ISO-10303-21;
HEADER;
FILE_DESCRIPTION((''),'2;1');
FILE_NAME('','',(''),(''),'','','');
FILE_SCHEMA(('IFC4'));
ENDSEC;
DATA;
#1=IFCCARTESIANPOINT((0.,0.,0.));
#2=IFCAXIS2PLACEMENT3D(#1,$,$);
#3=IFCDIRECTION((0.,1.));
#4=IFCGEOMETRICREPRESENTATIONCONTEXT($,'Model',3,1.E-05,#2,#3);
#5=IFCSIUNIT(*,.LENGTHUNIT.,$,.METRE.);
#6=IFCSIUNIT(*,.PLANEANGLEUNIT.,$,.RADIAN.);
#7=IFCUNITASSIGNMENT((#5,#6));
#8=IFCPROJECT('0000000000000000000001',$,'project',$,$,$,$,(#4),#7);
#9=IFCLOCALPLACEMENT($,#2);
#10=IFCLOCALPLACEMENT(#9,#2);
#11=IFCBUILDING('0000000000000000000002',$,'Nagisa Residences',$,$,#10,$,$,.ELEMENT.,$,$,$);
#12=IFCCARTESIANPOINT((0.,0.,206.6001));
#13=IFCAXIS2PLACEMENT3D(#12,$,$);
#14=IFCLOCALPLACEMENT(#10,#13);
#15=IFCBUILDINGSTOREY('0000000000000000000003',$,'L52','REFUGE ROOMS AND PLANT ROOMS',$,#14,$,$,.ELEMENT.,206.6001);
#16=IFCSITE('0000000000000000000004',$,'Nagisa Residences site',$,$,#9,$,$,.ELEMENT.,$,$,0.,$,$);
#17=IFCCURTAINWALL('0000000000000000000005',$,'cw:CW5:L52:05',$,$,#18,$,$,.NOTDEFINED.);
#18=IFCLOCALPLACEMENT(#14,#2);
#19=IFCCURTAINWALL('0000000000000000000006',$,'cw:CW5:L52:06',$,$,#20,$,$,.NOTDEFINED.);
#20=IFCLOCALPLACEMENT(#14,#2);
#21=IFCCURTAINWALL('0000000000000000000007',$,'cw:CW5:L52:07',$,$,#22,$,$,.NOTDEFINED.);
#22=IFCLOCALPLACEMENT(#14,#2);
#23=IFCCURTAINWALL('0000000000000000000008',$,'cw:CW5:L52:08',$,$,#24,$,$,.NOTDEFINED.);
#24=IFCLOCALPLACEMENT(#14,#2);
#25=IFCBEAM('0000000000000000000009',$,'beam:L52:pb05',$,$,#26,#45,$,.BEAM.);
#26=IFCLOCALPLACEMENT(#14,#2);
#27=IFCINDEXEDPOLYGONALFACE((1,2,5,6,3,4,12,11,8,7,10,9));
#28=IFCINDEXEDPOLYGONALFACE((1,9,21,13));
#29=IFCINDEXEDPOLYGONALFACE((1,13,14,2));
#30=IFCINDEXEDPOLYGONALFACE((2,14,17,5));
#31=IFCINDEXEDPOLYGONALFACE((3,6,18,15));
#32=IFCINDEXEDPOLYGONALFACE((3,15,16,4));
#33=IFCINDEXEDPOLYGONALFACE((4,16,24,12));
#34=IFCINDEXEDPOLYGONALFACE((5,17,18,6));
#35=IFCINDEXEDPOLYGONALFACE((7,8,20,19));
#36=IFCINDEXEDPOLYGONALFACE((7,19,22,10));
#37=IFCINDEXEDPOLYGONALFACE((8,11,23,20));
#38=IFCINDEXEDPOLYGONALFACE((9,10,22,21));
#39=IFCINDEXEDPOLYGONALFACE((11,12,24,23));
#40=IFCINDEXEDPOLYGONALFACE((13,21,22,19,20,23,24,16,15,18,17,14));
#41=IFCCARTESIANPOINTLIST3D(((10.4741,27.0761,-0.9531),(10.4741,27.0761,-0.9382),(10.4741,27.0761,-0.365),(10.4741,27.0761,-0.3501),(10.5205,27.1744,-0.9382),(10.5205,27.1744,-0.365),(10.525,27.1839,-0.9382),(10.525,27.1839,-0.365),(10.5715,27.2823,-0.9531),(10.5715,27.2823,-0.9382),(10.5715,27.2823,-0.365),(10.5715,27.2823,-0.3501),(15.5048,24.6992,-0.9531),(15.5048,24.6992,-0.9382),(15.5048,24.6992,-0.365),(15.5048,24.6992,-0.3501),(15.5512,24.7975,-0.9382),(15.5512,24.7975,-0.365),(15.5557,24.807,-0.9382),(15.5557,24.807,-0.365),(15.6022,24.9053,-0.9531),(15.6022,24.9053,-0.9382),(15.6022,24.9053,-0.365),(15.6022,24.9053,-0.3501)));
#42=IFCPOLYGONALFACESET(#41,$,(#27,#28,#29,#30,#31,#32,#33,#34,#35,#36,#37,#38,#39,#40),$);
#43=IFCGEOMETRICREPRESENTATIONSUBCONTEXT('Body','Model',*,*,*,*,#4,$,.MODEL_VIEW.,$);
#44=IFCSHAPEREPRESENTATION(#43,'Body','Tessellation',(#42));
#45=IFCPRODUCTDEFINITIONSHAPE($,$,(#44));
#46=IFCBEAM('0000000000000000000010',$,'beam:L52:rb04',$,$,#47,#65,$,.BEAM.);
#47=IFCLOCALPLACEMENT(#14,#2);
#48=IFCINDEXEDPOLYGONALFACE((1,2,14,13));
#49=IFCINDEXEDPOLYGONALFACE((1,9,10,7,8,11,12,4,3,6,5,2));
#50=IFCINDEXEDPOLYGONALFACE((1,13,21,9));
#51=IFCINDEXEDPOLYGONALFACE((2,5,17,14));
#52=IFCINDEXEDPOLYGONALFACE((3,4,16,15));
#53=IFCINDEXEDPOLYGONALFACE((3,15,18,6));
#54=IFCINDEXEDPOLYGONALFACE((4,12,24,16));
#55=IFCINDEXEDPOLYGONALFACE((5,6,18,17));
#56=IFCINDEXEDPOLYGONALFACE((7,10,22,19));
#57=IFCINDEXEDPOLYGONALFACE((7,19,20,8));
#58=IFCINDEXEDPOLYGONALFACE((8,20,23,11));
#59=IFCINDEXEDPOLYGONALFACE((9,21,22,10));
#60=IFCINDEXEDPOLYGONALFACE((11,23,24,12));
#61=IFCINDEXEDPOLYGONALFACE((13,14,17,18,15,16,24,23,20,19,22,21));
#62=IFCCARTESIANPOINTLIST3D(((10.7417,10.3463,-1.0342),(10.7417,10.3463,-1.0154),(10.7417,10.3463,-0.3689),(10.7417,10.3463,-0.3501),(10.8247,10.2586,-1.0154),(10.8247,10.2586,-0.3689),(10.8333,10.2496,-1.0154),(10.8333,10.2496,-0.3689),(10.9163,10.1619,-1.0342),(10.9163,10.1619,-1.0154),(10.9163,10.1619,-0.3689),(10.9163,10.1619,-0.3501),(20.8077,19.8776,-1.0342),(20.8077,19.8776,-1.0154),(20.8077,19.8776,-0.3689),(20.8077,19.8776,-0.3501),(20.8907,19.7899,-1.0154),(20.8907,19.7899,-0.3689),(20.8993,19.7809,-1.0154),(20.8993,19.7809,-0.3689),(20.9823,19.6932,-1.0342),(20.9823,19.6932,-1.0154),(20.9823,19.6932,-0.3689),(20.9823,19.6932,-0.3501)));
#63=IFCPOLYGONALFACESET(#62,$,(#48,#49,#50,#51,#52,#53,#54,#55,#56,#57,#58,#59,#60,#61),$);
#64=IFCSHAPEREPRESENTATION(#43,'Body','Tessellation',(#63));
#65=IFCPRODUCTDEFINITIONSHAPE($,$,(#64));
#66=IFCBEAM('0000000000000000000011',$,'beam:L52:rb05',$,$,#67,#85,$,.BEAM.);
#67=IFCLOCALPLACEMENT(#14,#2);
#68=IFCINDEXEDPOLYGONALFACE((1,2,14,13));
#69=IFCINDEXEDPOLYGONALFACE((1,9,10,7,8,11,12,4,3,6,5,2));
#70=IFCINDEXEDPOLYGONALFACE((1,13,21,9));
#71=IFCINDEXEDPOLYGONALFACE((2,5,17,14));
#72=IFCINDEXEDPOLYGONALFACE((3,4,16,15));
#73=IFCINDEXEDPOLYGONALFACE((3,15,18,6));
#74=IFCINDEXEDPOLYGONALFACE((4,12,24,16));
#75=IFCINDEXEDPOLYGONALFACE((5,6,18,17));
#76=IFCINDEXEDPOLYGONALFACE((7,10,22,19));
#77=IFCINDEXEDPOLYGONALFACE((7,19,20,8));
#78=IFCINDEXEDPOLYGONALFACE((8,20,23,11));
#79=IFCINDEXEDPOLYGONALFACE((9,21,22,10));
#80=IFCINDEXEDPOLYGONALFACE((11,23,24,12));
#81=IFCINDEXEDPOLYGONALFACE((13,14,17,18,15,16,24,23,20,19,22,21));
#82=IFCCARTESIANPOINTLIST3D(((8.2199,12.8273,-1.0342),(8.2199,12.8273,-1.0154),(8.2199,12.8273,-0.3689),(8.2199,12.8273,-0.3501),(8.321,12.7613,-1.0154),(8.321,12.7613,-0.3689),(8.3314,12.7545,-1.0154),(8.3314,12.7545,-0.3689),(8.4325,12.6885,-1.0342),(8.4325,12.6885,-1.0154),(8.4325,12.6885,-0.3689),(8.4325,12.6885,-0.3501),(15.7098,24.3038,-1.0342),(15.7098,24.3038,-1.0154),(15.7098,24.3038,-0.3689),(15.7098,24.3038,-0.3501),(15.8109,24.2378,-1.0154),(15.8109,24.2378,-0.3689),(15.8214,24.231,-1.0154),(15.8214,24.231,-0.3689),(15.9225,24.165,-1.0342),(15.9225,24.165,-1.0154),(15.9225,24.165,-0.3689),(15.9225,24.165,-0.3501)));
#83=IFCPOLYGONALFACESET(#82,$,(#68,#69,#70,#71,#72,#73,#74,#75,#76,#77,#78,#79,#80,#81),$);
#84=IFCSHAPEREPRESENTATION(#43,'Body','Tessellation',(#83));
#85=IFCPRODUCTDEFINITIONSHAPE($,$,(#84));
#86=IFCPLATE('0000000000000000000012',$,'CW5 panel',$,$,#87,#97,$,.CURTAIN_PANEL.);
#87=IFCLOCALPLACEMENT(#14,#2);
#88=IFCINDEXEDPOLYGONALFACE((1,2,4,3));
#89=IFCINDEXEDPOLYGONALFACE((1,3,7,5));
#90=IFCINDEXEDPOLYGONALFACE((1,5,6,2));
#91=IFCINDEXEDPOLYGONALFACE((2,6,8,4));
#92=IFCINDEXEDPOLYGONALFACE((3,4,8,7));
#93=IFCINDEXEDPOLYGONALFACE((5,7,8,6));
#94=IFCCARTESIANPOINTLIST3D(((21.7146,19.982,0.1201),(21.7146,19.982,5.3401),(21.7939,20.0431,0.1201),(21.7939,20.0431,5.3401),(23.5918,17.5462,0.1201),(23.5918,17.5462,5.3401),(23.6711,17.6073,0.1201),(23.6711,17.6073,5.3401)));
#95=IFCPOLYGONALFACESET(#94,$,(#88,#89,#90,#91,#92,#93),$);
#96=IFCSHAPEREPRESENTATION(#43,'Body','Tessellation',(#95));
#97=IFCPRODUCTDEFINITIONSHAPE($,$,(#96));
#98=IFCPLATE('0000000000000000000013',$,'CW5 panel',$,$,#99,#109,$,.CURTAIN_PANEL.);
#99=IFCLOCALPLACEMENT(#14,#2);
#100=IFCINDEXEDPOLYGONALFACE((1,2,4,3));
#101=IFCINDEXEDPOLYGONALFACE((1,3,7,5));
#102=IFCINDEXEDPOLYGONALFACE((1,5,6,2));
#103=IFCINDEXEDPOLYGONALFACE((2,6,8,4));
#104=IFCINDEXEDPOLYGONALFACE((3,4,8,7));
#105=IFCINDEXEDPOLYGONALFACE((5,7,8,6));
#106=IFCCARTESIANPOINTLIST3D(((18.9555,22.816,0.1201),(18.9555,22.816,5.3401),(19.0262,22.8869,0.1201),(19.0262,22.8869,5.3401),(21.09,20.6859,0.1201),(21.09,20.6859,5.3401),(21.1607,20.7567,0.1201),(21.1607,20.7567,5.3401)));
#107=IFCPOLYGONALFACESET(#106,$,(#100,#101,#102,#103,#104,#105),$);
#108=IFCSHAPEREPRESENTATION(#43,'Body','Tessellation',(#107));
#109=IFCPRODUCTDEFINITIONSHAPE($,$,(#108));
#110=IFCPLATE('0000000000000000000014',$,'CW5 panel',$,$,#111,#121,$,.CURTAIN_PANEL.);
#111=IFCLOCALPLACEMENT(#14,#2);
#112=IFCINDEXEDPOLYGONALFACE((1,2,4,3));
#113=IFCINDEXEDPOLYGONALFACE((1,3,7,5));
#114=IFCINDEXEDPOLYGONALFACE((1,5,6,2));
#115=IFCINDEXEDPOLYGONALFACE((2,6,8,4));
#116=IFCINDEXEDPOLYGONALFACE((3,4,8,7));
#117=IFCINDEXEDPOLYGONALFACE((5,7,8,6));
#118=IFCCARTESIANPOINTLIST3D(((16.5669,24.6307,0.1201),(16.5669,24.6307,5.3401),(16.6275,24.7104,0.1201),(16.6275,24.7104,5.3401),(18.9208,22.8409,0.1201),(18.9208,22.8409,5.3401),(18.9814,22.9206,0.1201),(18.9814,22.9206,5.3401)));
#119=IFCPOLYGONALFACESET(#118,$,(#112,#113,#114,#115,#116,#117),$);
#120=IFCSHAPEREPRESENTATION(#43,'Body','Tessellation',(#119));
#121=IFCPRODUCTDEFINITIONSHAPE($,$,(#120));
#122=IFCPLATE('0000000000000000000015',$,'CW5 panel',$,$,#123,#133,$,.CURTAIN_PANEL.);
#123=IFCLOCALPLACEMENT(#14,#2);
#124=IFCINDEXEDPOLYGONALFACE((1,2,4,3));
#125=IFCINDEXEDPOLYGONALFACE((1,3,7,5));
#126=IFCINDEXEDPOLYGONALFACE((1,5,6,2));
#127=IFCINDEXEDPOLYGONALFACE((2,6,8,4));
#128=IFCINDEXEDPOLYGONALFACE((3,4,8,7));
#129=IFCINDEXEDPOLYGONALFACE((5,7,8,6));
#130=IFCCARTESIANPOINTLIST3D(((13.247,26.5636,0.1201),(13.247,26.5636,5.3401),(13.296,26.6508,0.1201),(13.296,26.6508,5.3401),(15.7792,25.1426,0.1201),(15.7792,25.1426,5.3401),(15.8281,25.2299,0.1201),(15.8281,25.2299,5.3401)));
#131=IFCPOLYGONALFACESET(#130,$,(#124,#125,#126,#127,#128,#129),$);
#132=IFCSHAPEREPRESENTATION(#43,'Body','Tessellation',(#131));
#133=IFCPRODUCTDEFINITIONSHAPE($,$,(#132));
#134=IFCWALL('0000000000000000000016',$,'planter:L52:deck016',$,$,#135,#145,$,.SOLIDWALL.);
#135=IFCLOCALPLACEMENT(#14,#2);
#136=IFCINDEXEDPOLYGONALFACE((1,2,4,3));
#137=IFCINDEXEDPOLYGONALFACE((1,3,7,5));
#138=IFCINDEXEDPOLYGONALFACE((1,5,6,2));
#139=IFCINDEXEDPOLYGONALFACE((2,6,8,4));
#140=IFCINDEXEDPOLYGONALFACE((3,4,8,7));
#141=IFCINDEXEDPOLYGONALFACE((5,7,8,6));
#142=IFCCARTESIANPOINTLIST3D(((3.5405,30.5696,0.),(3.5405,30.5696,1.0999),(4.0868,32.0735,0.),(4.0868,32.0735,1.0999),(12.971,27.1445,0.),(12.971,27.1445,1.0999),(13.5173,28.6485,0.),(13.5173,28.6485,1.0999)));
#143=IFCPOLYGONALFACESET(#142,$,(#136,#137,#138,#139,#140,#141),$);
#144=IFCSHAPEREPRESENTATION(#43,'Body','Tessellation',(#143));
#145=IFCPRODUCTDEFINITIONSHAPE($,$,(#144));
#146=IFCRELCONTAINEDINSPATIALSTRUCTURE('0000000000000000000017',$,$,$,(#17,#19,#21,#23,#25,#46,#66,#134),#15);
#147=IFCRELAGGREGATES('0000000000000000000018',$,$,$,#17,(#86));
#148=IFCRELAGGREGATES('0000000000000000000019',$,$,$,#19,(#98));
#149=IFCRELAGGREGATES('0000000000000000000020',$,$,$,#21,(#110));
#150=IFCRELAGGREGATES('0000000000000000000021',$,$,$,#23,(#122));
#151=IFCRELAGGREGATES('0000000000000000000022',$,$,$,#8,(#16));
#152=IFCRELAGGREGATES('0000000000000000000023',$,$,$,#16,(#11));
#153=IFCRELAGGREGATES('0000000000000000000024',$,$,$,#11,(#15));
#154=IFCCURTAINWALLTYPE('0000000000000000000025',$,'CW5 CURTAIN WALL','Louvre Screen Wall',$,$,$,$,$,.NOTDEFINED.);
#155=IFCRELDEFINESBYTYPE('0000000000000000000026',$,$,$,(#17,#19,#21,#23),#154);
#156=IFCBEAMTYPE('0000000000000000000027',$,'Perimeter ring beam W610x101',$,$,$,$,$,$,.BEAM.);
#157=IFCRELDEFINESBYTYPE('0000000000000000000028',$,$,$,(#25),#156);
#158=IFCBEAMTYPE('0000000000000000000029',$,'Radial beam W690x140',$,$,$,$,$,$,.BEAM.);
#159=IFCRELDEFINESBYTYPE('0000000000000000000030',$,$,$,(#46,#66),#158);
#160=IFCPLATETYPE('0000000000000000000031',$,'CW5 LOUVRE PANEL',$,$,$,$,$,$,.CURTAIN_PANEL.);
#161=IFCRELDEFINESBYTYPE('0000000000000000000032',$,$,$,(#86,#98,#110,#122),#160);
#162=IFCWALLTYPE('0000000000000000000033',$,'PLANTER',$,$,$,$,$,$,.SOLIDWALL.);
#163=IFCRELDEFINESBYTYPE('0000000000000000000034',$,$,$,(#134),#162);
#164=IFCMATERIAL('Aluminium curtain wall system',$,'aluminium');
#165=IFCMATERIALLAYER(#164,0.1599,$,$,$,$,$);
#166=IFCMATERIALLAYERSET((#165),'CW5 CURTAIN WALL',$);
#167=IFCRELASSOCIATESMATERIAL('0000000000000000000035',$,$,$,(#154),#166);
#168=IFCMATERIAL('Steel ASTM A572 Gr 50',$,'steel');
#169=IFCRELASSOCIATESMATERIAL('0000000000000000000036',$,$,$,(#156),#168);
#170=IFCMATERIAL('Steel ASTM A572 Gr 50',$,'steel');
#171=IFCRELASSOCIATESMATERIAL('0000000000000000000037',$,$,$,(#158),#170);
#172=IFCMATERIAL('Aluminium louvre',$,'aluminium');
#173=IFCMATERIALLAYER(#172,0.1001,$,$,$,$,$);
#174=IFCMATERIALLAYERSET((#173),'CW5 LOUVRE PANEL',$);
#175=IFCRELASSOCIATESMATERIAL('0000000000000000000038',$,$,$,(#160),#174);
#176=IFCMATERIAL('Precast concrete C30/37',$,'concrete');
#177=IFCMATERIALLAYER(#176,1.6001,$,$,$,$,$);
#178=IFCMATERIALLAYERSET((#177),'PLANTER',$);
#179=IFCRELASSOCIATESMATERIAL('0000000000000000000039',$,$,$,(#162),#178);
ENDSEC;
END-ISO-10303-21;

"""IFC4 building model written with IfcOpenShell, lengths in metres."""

from ifc_helpers import new_model, si_unit, direction, frame, frame_2d, origin, origin_2d, place, context, subcontext, project, spatial, rectangle, i_section, extrude, material, layer, layer_set, material_profile, profile_set, type_object, element, aggregate, save


model = new_model("IFC4")

# Units and contexts
model_context = context("Model", 3, precision=1e-05, world=origin(), true_north=direction((0.0, 1.0)))
body_context = subcontext(model_context, "Body", "Model", "MODEL_VIEW")
ifc_project = project(units=[si_unit("LENGTHUNIT", "METRE"), si_unit("PLANEANGLEUNIT", "RADIAN")], contexts=[model_context])

# Site, building, storey
site_placement = place(None, origin())
site = spatial("IfcSite", under=ifc_project, at=site_placement, Name="Nagisa Residences site", CompositionType="ELEMENT", RefElevation=0.0)
building_placement = place(site_placement, origin())
building = spatial("IfcBuilding", under=site, at=building_placement, Name="Nagisa Residences", CompositionType="ELEMENT")
storey_placement = place(building_placement, frame((0.0, 0.0, 206.6001)))
storey = spatial("IfcBuildingStorey", under=building, at=storey_placement, Name="L52", Description="REFUGE ROOMS AND PLANT ROOMS", CompositionType="ELEMENT", Elevation=206.6001)

# Curtain walls
ifc_material_1 = material(Name="Aluminium curtain wall system", Category="aluminium")
ifc_layer_1 = layer(ifc_material_1, 0.1599)
ifc_layer_set_1 = layer_set([ifc_layer_1], Name="CW5 CURTAIN WALL")
curtain_wall_type = type_object("IfcCurtainWallType", Name="CW5 CURTAIN WALL", Description="Louvre Screen Wall", PredefinedType="NOTDEFINED", material=ifc_layer_set_1)
curtain_wall_1_placement = place(storey_placement, origin())
curtain_wall_1 = element("IfcCurtainWall", 1, at=curtain_wall_1_placement, inside=storey, type_object=curtain_wall_type, Name="cw:CW5:L52:05", PredefinedType="NOTDEFINED")
curtain_wall_2_placement = place(storey_placement, origin())
curtain_wall_2 = element("IfcCurtainWall", 2, at=curtain_wall_2_placement, inside=storey, type_object=curtain_wall_type, Name="cw:CW5:L52:06", PredefinedType="NOTDEFINED")
curtain_wall_3_placement = place(storey_placement, origin())
curtain_wall_3 = element("IfcCurtainWall", 3, at=curtain_wall_3_placement, inside=storey, type_object=curtain_wall_type, Name="cw:CW5:L52:07", PredefinedType="NOTDEFINED")
curtain_wall_4_placement = place(storey_placement, origin())
curtain_wall_4 = element("IfcCurtainWall", 4, at=curtain_wall_4_placement, inside=storey, type_object=curtain_wall_type, Name="cw:CW5:L52:08", PredefinedType="NOTDEFINED")

# Beams
ifc_material_2 = material(Name="Steel ASTM A572 Gr 50", Category="steel")
ifc_material_profile_1 = material_profile(ifc_material_2, i_section(OverallWidth=0.228, OverallDepth=0.603, WebThickness=0.0105, FlangeThickness=0.0149, at=origin_2d()), Name="W610x101")
ifc_profile_set_1 = profile_set([ifc_material_profile_1], Name="Steel ASTM A572 Gr 50")
beam_type_1 = type_object("IfcBeamType", Name="Perimeter ring beam W610x101", PredefinedType="BEAM", material=ifc_profile_set_1)
beam_1_placement = place(storey_placement, frame((15.5535, 24.8022, -0.6516), z_axis=(-0.904157, 0.4272, 0.0), x_axis=(-0.4272, -0.904157, 0.0)))
element("IfcBeam", 5, at=beam_1_placement, inside=storey, type_object=beam_type_1, Name="beam:L52:pb05", PredefinedType="BEAM", context=body_context, shape_type="SweptSolid", body=[
    extrude(i_section(OverallWidth=0.228, OverallDepth=0.603, WebThickness=0.0105, FlangeThickness=0.0149, at=origin_2d()), origin(), (0.0, 0.0, 1.0), 5.564),
])
ifc_material_3 = material(Name="Steel ASTM A572 Gr 50", Category="steel")
ifc_material_profile_2 = material_profile(ifc_material_3, i_section(OverallWidth=0.2539, OverallDepth=0.6841, WebThickness=0.0125, FlangeThickness=0.0188, at=origin_2d()), Name="W690x140")
ifc_profile_set_2 = profile_set([ifc_material_profile_2], Name="Steel ASTM A572 Gr 50")
beam_type_2 = type_object("IfcBeamType", Name="Radial beam W690x140", PredefinedType="BEAM", material=ifc_profile_set_2)
beam_2_placement = place(storey_placement, frame((20.895, 19.7854, -0.6921), z_axis=(-0.726129, -0.687559, 0.0), x_axis=(0.687559, -0.726129, 0.0)))
element("IfcBeam", 6, at=beam_2_placement, inside=storey, type_object=beam_type_2, Name="beam:L52:rb04", PredefinedType="BEAM", context=body_context, shape_type="SweptSolid", body=[
    extrude(i_section(OverallWidth=0.2539, OverallDepth=0.6841, WebThickness=0.0125, FlangeThickness=0.0188, at=origin_2d()), origin(), (0.0, 0.0, 1.0), 13.8625),
])
beam_3_placement = place(storey_placement, frame((15.8162, 24.2344, -0.6921), z_axis=(-0.546538, -0.837434, 0.0), x_axis=(0.837434, -0.546538, 0.0)))
element("IfcBeam", 7, at=beam_3_placement, inside=storey, type_object=beam_type_2, Name="beam:L52:rb05", PredefinedType="BEAM", context=body_context, shape_type="SweptSolid", body=[
    extrude(i_section(OverallWidth=0.2539, OverallDepth=0.6841, WebThickness=0.0125, FlangeThickness=0.0188, at=origin_2d()), origin(), (0.0, 0.0, 1.0), 13.7043),
])

# Plates
ifc_material_4 = material(Name="Aluminium louvre", Category="aluminium")
ifc_layer_2 = layer(ifc_material_4, 0.1001)
ifc_layer_set_2 = layer_set([ifc_layer_2], Name="CW5 LOUVRE PANEL")
plate_type = type_object("IfcPlateType", Name="CW5 LOUVRE PANEL", PredefinedType="CURTAIN_PANEL", material=ifc_layer_set_2)
plate_1_placement = place(storey_placement, frame((22.6929, 18.7947, 0.1201), z_axis=(0.0, 0.0, 1.0), x_axis=(-0.61043, 0.79207, 0.0)))
plate_1 = element("IfcPlate", 8, at=plate_1_placement, type_object=plate_type, Name="CW5 panel", PredefinedType="CURTAIN_PANEL", context=body_context, shape_type="SweptSolid", body=[
    extrude(rectangle(XDim=3.0752, YDim=0.1001, at=origin_2d()), origin(), (0.0, 0.0, 1.0), 5.22),
])
aggregate(curtain_wall_1, [plate_1])
plate_2_placement = place(storey_placement, frame((20.0581, 21.7864, 0.1201), z_axis=(0.0, 0.0, 1.0), x_axis=(-0.707836, 0.706377, 0.0)))
plate_2 = element("IfcPlate", 9, at=plate_2_placement, type_object=plate_type, Name="CW5 panel", PredefinedType="CURTAIN_PANEL", context=body_context, shape_type="SweptSolid", body=[
    extrude(rectangle(XDim=3.0156, YDim=0.1001, at=origin_2d()), origin(), (0.0, 0.0, 1.0), 5.22),
])
aggregate(curtain_wall_2, [plate_2])
plate_3_placement = place(storey_placement, frame((17.7742, 23.7756, 0.1201), z_axis=(0.0, 0.0, 1.0), x_axis=(-0.796031, 0.605255, 0.0)))
plate_3 = element("IfcPlate", 10, at=plate_3_placement, type_object=plate_type, Name="CW5 panel", PredefinedType="CURTAIN_PANEL", context=body_context, shape_type="SweptSolid", body=[
    extrude(rectangle(XDim=2.957, YDim=0.1001, at=origin_2d()), origin(), (0.0, 0.0, 1.0), 5.22),
])
aggregate(curtain_wall_3, [plate_3])
plate_4_placement = place(storey_placement, frame((14.5376, 25.8967, 0.1201), z_axis=(0.0, 0.0, 1.0), x_axis=(-0.872072, 0.489377, 0.0)))
plate_4 = element("IfcPlate", 11, at=plate_4_placement, type_object=plate_type, Name="CW5 panel", PredefinedType="CURTAIN_PANEL", context=body_context, shape_type="SweptSolid", body=[
    extrude(rectangle(XDim=2.9036, YDim=0.1001, at=origin_2d()), origin(), (0.0, 0.0, 1.0), 5.22),
])
aggregate(curtain_wall_4, [plate_4])

# Wall
ifc_material_5 = material(Name="Precast concrete C30/37", Category="concrete")
ifc_layer_3 = layer(ifc_material_5, 1.6001)
ifc_layer_set_3 = layer_set([ifc_layer_3], Name="PLANTER")
wall_type = type_object("IfcWallType", Name="PLANTER", PredefinedType="SOLIDWALL", material=ifc_layer_set_3)
wall_placement = place(storey_placement, frame((13.2441, 27.8965, 0.0), z_axis=(0.0, 0.0, 1.0), x_axis=(-0.939928, 0.341374, 0.0)))
element("IfcWall", 12, at=wall_placement, inside=storey, type_object=wall_type, Name="planter:L52:deck016", PredefinedType="SOLIDWALL", context=body_context, shape_type="SweptSolid", body=[
    extrude(rectangle(XDim=10.0332, YDim=1.6001, at=frame_2d((5.0166, 0.0))), origin(), (0.0, 0.0, 1.0), 1.0999),
])

save(model, "model.ifc")
